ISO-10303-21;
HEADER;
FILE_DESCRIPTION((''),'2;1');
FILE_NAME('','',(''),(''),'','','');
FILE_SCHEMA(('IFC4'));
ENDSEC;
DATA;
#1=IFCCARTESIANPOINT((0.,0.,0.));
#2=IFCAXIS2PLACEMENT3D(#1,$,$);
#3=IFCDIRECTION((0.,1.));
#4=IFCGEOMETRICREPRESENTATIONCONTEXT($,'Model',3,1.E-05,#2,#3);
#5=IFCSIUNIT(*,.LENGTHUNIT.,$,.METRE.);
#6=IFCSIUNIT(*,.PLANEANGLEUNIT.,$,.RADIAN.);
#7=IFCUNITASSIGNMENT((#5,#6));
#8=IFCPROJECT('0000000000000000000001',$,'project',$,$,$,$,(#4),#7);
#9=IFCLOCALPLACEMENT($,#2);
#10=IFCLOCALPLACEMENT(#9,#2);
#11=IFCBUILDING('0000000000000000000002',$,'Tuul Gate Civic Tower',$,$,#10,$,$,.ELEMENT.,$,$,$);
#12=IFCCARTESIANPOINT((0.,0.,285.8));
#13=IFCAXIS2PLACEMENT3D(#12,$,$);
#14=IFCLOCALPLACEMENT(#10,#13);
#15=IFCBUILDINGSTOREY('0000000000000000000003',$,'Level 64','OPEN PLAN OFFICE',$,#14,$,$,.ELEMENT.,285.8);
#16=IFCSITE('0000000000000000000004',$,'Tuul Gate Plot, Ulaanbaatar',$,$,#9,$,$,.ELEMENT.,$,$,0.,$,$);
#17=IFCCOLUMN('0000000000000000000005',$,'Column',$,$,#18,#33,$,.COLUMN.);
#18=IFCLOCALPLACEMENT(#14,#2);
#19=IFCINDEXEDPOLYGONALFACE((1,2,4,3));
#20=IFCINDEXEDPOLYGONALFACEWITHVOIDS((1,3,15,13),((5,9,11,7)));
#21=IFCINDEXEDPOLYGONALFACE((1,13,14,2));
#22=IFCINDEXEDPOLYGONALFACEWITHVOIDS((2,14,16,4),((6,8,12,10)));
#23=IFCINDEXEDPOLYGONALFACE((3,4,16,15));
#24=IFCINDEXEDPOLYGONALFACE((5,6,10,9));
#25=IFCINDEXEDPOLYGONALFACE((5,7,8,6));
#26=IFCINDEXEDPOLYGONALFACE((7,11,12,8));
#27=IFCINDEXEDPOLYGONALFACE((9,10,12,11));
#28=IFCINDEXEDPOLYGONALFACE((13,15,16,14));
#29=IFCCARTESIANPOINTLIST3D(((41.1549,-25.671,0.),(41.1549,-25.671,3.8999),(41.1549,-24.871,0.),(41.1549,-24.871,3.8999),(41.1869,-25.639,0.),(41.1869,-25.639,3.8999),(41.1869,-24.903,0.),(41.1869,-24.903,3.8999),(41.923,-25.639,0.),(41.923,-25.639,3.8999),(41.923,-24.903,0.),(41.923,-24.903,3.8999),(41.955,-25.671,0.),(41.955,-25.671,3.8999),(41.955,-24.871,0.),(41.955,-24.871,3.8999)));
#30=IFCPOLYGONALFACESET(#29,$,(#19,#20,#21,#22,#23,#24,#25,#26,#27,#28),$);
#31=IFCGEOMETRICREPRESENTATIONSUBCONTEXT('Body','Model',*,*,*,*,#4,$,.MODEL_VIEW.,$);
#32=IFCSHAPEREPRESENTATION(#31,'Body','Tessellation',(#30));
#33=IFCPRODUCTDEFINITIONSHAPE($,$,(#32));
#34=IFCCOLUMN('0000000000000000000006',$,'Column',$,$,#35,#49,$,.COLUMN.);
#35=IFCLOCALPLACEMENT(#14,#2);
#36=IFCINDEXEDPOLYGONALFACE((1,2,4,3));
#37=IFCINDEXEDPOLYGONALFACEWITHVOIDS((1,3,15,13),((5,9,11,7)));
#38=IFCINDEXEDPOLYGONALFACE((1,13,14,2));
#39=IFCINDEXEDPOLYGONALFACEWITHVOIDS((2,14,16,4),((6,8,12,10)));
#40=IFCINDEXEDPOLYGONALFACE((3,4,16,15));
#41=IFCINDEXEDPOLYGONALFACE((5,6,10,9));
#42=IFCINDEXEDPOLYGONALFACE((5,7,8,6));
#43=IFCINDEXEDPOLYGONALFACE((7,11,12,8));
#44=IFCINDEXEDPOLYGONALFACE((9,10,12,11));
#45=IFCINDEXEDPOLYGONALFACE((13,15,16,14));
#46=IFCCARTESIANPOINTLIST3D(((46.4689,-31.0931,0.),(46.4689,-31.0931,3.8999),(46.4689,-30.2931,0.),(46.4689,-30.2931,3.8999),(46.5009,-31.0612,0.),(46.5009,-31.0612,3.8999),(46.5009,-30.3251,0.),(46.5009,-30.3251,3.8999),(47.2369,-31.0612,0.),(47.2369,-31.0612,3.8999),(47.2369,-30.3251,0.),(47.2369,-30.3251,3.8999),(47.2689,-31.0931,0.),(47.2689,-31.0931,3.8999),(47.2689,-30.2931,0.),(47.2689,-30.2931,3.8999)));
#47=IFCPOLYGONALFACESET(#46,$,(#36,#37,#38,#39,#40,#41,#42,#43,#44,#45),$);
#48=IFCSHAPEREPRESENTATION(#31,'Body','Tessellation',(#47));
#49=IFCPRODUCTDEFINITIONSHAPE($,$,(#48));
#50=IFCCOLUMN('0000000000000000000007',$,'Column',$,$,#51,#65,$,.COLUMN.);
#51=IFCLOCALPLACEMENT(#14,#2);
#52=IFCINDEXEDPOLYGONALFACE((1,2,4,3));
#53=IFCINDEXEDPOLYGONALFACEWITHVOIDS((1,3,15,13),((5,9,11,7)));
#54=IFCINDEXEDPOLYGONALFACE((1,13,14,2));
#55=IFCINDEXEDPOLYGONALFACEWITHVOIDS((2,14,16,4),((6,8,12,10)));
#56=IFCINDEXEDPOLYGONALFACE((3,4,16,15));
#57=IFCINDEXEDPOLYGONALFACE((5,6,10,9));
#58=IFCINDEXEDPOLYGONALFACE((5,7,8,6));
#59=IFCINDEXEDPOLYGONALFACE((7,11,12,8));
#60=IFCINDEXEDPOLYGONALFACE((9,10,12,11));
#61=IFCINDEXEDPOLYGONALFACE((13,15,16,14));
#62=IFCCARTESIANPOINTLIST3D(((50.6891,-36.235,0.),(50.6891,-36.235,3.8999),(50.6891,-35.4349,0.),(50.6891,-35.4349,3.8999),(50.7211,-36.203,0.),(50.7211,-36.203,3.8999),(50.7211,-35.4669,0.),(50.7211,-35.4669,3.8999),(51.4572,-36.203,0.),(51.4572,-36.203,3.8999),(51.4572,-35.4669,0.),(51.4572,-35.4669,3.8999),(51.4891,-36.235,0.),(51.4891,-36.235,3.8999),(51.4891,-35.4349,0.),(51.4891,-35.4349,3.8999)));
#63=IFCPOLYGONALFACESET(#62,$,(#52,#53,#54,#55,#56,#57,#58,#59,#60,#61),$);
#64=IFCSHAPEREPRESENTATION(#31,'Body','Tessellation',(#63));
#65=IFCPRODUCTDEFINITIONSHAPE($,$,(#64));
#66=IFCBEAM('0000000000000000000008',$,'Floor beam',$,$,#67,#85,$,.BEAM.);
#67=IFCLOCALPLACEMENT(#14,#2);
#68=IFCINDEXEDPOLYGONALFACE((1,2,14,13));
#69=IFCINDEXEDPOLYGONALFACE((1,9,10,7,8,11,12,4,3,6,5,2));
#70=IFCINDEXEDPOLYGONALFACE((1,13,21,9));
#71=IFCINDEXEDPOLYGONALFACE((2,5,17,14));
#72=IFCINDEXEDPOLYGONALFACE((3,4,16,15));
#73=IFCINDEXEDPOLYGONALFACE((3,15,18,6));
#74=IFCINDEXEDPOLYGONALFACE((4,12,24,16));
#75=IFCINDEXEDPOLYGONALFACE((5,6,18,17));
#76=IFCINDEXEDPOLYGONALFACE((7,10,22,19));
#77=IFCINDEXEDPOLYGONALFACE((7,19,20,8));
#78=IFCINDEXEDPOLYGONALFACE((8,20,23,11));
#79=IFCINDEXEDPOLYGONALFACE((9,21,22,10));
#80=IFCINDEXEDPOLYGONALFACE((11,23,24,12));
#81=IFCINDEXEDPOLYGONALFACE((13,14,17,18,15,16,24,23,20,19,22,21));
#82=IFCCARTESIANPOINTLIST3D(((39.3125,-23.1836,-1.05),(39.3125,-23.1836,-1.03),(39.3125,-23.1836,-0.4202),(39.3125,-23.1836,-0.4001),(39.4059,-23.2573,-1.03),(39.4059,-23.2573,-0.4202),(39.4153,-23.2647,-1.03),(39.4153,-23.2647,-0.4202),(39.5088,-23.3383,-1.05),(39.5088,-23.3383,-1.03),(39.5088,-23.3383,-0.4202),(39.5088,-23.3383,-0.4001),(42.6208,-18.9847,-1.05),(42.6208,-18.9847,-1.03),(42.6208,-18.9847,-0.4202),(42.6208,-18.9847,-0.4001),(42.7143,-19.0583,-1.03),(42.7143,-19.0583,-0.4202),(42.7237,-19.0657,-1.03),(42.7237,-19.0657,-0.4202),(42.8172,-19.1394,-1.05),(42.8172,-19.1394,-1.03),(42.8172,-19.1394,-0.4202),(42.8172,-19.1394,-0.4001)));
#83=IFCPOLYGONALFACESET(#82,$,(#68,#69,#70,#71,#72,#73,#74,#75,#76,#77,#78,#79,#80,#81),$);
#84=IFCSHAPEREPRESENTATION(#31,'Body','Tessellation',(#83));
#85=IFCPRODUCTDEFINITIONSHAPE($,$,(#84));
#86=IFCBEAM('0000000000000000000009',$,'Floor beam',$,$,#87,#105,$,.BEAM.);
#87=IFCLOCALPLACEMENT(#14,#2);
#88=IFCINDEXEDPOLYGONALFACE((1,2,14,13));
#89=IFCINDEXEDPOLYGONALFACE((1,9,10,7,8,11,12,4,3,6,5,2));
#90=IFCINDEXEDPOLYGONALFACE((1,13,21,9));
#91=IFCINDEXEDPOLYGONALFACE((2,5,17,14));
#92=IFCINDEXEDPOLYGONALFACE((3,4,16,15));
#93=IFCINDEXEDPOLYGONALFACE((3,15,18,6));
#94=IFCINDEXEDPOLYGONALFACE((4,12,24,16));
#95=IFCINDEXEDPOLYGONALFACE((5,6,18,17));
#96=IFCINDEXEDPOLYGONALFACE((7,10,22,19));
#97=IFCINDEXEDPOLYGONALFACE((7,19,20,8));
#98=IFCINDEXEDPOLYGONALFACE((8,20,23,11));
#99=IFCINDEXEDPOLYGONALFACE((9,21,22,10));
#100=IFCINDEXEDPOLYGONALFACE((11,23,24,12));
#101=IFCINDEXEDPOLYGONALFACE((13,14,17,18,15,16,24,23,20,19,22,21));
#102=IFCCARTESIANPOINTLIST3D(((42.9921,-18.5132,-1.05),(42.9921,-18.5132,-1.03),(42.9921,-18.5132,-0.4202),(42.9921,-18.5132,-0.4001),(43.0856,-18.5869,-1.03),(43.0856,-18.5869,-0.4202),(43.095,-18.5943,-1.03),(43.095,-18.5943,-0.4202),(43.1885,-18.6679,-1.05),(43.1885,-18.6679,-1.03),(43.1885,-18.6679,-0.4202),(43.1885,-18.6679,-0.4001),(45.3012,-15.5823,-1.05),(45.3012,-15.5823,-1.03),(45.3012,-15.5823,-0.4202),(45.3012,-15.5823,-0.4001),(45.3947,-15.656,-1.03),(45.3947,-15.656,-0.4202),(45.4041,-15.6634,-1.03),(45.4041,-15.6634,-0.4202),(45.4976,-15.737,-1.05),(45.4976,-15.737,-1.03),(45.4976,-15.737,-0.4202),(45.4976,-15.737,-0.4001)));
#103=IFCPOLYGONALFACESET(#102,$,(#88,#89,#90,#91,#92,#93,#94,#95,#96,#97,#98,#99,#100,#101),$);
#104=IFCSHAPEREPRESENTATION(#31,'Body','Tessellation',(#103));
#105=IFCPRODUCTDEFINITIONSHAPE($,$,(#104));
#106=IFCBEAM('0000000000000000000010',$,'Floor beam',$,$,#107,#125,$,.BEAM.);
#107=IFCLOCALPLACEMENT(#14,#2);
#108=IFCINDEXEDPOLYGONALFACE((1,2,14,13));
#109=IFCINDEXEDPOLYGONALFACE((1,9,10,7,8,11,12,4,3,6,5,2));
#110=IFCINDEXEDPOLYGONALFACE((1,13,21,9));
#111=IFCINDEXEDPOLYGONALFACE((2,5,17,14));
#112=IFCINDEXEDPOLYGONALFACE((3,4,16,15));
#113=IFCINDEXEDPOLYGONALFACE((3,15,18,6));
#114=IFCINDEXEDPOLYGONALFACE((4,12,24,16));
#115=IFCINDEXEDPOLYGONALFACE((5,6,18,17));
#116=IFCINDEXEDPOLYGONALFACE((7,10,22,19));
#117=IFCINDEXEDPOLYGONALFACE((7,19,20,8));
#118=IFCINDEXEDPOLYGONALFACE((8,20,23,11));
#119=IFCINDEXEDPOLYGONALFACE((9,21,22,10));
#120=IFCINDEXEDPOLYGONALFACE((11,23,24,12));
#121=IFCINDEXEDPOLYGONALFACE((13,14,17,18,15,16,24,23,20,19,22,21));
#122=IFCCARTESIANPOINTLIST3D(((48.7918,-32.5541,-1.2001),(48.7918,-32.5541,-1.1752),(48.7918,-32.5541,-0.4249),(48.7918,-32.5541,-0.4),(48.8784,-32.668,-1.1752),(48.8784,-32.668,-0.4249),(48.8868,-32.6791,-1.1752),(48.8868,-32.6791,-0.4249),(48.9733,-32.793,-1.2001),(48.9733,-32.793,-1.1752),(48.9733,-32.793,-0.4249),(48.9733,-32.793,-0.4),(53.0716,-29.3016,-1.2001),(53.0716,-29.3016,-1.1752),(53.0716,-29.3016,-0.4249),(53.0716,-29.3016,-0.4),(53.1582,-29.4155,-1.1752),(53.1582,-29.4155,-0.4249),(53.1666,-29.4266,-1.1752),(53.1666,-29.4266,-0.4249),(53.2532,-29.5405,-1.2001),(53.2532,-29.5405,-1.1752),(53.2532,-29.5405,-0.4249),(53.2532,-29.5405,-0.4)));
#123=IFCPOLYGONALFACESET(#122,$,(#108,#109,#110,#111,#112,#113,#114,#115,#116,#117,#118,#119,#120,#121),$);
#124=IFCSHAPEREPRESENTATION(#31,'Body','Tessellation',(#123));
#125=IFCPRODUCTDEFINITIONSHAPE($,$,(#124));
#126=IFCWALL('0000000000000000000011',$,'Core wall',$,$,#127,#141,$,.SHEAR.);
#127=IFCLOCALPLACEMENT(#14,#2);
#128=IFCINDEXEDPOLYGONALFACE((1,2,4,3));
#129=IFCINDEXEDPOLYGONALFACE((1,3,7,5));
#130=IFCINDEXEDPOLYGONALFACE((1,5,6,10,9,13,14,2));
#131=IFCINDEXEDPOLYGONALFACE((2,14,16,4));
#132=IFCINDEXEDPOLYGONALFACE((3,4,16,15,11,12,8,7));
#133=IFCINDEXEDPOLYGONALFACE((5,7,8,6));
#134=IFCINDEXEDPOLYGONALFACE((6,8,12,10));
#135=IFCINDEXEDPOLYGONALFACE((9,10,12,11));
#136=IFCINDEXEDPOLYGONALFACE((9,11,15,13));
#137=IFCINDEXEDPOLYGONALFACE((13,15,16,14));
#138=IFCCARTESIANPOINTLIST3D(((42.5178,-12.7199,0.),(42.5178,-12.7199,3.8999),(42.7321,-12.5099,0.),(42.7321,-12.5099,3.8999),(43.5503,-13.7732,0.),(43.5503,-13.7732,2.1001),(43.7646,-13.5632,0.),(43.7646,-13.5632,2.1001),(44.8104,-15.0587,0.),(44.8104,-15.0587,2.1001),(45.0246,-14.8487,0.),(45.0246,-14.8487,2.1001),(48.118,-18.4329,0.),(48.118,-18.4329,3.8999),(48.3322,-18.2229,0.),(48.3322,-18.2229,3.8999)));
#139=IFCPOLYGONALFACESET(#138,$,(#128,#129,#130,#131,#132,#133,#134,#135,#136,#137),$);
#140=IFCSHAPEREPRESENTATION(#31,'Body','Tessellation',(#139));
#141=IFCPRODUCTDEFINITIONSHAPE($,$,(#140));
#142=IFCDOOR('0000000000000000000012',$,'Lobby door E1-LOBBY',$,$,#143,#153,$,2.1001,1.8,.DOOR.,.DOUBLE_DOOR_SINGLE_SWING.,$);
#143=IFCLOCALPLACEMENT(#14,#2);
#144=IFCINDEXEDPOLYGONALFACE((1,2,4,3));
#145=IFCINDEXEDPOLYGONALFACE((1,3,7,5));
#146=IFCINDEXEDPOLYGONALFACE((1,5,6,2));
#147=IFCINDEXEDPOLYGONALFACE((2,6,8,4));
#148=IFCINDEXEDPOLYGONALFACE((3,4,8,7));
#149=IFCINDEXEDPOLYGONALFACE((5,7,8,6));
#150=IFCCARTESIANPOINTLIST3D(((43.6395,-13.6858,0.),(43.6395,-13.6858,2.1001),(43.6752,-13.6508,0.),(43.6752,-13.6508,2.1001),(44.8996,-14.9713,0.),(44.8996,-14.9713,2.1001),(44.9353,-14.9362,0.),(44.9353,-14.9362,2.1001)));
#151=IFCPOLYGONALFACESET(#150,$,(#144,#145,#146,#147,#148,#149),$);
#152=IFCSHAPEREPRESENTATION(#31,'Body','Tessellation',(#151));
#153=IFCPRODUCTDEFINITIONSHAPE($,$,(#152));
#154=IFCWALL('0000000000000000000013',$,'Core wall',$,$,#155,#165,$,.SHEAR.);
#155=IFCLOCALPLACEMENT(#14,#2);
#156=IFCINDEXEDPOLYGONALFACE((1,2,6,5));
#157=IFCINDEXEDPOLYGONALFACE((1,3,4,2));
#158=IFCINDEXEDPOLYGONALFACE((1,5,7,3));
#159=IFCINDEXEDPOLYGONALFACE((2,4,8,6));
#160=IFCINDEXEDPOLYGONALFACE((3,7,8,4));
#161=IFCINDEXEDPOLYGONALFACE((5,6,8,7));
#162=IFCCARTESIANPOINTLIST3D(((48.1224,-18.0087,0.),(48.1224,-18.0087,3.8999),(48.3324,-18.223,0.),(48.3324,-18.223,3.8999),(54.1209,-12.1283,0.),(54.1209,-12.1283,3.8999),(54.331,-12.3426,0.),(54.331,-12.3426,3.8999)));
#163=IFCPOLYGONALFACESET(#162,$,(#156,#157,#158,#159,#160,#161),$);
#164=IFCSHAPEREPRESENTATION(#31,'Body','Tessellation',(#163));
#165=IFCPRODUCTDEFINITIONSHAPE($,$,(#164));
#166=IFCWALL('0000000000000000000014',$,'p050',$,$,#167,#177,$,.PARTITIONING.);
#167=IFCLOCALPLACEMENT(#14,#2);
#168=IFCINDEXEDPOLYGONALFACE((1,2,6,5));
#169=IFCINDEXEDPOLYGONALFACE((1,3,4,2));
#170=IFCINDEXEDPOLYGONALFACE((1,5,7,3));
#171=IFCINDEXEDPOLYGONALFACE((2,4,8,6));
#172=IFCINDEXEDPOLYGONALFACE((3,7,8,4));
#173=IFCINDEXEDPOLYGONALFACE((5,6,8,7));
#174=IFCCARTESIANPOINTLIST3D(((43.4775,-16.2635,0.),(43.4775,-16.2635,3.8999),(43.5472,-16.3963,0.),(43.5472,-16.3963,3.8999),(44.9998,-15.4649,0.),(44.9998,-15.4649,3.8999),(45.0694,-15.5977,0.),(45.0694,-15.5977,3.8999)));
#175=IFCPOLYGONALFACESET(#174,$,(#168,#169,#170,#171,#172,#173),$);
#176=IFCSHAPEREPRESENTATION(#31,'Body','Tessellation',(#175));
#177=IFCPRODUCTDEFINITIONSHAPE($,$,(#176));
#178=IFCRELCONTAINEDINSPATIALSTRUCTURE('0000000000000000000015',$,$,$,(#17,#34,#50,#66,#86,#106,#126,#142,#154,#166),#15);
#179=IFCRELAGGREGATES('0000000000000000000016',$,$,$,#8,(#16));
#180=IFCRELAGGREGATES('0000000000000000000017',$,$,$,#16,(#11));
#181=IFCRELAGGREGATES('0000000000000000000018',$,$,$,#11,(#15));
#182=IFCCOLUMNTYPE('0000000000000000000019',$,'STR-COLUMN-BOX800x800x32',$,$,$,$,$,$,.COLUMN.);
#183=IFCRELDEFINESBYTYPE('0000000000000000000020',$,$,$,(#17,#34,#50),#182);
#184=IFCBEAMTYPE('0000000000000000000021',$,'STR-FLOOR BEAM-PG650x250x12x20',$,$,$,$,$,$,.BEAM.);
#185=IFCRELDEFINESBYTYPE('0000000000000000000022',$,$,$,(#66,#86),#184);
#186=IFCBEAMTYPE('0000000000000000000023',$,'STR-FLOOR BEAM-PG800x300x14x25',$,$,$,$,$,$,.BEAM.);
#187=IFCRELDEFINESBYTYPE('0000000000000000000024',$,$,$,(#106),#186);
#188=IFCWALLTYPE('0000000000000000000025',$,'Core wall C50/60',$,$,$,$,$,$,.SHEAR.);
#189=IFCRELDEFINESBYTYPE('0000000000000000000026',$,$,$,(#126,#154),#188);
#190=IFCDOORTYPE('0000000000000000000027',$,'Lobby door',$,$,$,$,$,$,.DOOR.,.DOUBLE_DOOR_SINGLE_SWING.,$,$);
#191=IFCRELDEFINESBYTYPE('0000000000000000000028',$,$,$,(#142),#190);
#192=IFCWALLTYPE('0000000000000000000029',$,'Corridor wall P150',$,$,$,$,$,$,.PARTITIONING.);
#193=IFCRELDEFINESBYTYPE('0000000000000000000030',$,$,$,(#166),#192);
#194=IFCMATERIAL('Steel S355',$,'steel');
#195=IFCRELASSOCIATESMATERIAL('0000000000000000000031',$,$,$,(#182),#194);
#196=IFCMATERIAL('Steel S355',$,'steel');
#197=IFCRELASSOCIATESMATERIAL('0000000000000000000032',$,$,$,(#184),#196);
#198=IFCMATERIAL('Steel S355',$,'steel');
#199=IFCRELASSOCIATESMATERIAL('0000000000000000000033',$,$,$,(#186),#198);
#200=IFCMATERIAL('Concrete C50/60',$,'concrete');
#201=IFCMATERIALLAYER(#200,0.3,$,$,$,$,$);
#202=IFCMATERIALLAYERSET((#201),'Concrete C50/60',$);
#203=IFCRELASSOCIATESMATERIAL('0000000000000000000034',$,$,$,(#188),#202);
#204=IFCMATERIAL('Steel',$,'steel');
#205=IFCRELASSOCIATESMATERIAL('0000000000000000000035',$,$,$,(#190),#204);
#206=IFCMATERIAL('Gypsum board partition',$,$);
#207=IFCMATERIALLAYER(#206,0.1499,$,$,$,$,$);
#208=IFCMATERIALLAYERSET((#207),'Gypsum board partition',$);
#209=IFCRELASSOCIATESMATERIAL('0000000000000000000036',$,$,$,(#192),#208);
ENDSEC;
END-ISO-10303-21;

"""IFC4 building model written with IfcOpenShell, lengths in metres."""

from ifc_helpers import new_model, si_unit, direction, frame, frame_2d, origin, origin_2d, place, context, subcontext, project, spatial, rectangle, hollow_rectangle, i_section, extrude, material, layer, layer_set, material_profile, profile_set, type_object, element, fill, save


model = new_model("IFC4")

# Units and contexts
model_context = context("Model", 3, precision=1e-05, world=origin(), true_north=direction((0.0, 1.0)))
body_context = subcontext(model_context, "Body", "Model", "MODEL_VIEW")
ifc_project = project(units=[si_unit("LENGTHUNIT", "METRE"), si_unit("PLANEANGLEUNIT", "RADIAN")], contexts=[model_context])

# Site, building, storey
site_placement = place(None, origin())
site = spatial("IfcSite", under=ifc_project, at=site_placement, Name="Tuul Gate Plot, Ulaanbaatar", CompositionType="ELEMENT", RefElevation=0.0)
building_placement = place(site_placement, origin())
building = spatial("IfcBuilding", under=site, at=building_placement, Name="Tuul Gate Civic Tower", CompositionType="ELEMENT")
storey_placement = place(building_placement, frame((0.0, 0.0, 285.8)))
storey = spatial("IfcBuildingStorey", under=building, at=storey_placement, Name="Level 64", Description="OPEN PLAN OFFICE", CompositionType="ELEMENT", Elevation=285.8)

# Columns
ifc_material_1 = material(Name="Steel S355", Category="steel")
ifc_material_profile_1 = material_profile(ifc_material_1, hollow_rectangle(XDim=0.8, YDim=0.8, WallThickness=0.032, at=origin_2d()), Name="BOX800x800x32")
ifc_profile_set_1 = profile_set([ifc_material_profile_1], Name="Steel S355")
column_type = type_object("IfcColumnType", Name="STR-COLUMN-BOX800x800x32", PredefinedType="COLUMN", material=ifc_profile_set_1)
for number, where, z_axis, x_axis, name in (
    (1, (41.5549, -25.271, 0.0), (0.0, 0.0, 1.0), (1.0, 0.0, 0.0), "Column"),
    (2, (46.8689, -30.6931, 0.0), (0.0, 0.0, 1.0), (1.0, 0.0, 0.0), "Column"),
    (3, (51.0891, -35.835, 0.0), (0.0, 0.0, 1.0), (1.0, 0.0, 0.0), "Column"),
):
    element("IfcColumn", number, at=place(storey_placement, frame(where, z_axis=z_axis, x_axis=x_axis)), inside=storey, type_object=column_type, Name=name, PredefinedType="COLUMN", context=body_context, shape_type="SweptSolid", body=[
        extrude(hollow_rectangle(XDim=0.8, YDim=0.8, WallThickness=0.032, at=origin_2d()), origin(), (0.0, 0.0, 1.0), 3.8999),
    ])

# Beams
ifc_material_2 = material(Name="Steel S355", Category="steel")
ifc_material_profile_2 = material_profile(ifc_material_2, i_section(OverallWidth=0.25, OverallDepth=0.6499, WebThickness=0.012, FlangeThickness=0.02, at=origin_2d()), Name="PG650x250x12x20")
ifc_profile_set_2 = profile_set([ifc_material_profile_2], Name="Steel S355")
beam_type_1 = type_object("IfcBeamType", Name="STR-FLOOR BEAM-PG650x250x12x20", PredefinedType="BEAM", material=ifc_profile_set_2)
beam_1_placement = place(storey_placement, frame((39.4106, -23.261, -0.7251), z_axis=(0.61888, 0.785486, 0.0), x_axis=(-0.785486, 0.61888, 0.0)))
element("IfcBeam", 4, at=beam_1_placement, inside=storey, type_object=beam_type_1, Name="Floor beam", PredefinedType="BEAM", context=body_context, shape_type="SweptSolid", body=[
    extrude(i_section(OverallWidth=0.25, OverallDepth=0.6499, WebThickness=0.012, FlangeThickness=0.02, at=origin_2d()), origin(), (0.0, 0.0, 1.0), 5.3457),
])
beam_2_placement = place(storey_placement, frame((43.0903, -18.5906, -0.7251), z_axis=(0.618853, 0.785507, 0.0), x_axis=(-0.785507, 0.618853, 0.0)))
element("IfcBeam", 5, at=beam_2_placement, inside=storey, type_object=beam_type_1, Name="Floor beam", PredefinedType="BEAM", context=body_context, shape_type="SweptSolid", body=[
    extrude(i_section(OverallWidth=0.25, OverallDepth=0.6499, WebThickness=0.012, FlangeThickness=0.02, at=origin_2d()), origin(), (0.0, 0.0, 1.0), 3.7312),
])
ifc_material_3 = material(Name="Steel S355", Category="steel")
ifc_material_profile_3 = material_profile(ifc_material_3, i_section(OverallWidth=0.3, OverallDepth=0.8, WebThickness=0.0139, FlangeThickness=0.0249, at=origin_2d()), Name="PG800x300x14x25")
ifc_profile_set_3 = profile_set([ifc_material_profile_3], Name="Steel S355")
beam_type_2 = type_object("IfcBeamType", Name="STR-FLOOR BEAM-PG800x300x14x25", PredefinedType="BEAM", material=ifc_profile_set_3)
beam_3_placement = place(storey_placement, frame((48.8826, -32.6736, -0.8), z_axis=(0.79618, 0.60506, 0.0), x_axis=(-0.60506, 0.79618, 0.0)))
element("IfcBeam", 6, at=beam_3_placement, inside=storey, type_object=beam_type_2, Name="Floor beam", PredefinedType="BEAM", context=body_context, shape_type="SweptSolid", body=[
    extrude(i_section(OverallWidth=0.3, OverallDepth=0.8, WebThickness=0.0139, FlangeThickness=0.0249, at=origin_2d()), origin(), (0.0, 0.0, 1.0), 5.3755),
])

# Wall, opening, door
ifc_material_4 = material(Name="Concrete C50/60", Category="concrete")
ifc_layer_1 = layer(ifc_material_4, 0.3)
ifc_layer_set_1 = layer_set([ifc_layer_1], Name="Concrete C50/60")
wall_type_1 = type_object("IfcWallType", Name="Core wall C50/60", PredefinedType="SHEAR", material=ifc_layer_set_1)
wall_1_placement = place(storey_placement, frame((48.2251, -18.3279, 0.0), z_axis=(0.0, 0.0, 1.0), x_axis=(-0.700022, 0.714121, 0.0)))
wall_1 = element("IfcWall", 7, at=wall_1_placement, inside=storey, type_object=wall_type_1, Name="Core wall", PredefinedType="SHEAR", context=body_context, shape_type="SweptSolid", body=[
    extrude(rectangle(XDim=8.0, YDim=0.3, at=frame_2d((4.0, 0.0))), origin(), (0.0, 0.0, 1.0), 3.8999),
])
opening_1_placement = place(wall_1_placement, frame((4.7251, 0.0, 0.0)))
opening_1 = element("IfcOpeningElement", 8, at=opening_1_placement, cuts=wall_1, PredefinedType="OPENING", context=body_context, shape_type="SweptSolid", body=[
    extrude(rectangle(XDim=1.8, YDim=2.1001, at=frame_2d((0.8999, 1.05))), frame((0.0, 0.1602, 0.0), z_axis=(0.0, -1.0, 0.0), x_axis=(1.0, 0.0, 0.0)), (0.0, 0.0, 1.0), 0.3201),
])
ifc_material_5 = material(Name="Steel", Category="steel")
door_type = type_object("IfcDoorType", Name="Lobby door", OperationType="DOUBLE_DOOR_SINGLE_SWING", PredefinedType="DOOR", material=ifc_material_5)
door_placement = place(opening_1_placement, frame((1.8, 0.0, 0.0), z_axis=(0.0, 0.0, 1.0), x_axis=(-1.0, 0.0, 0.0)))
door = element("IfcDoor", 9, at=door_placement, inside=storey, type_object=door_type, Name="Lobby door E1-LOBBY", OperationType="DOUBLE_DOOR_SINGLE_SWING", OverallHeight=2.1001, OverallWidth=1.8, PredefinedType="DOOR", context=body_context, shape_type="SweptSolid", body=[
    extrude(rectangle(XDim=1.8, YDim=2.1001, at=frame_2d((0.9001, 1.05))), frame((0.0, 0.0249, 0.0), z_axis=(0.0, -1.0, 0.0), x_axis=(1.0, 0.0, 0.0)), (0.0, 0.0, 1.0), 0.05),
])
fill(opening_1, door)

# Walls
wall_2_placement = place(storey_placement, frame((48.2273, -18.116, 0.0), z_axis=(0.0, 0.0, 1.0), x_axis=(0.714105, 0.700038, 0.0)))
element("IfcWall", 10, at=wall_2_placement, inside=storey, type_object=wall_type_1, Name="Core wall", PredefinedType="SHEAR", context=body_context, shape_type="SweptSolid", body=[
    extrude(rectangle(XDim=8.4001, YDim=0.3, at=frame_2d((4.2002, 0.0))), origin(), (0.0, 0.0, 1.0), 3.8999),
])
ifc_material_6 = material(Name="Gypsum board partition")
ifc_layer_2 = layer(ifc_material_6, 0.1499)
ifc_layer_set_2 = layer_set([ifc_layer_2], Name="Gypsum board partition")
wall_type_2 = type_object("IfcWallType", Name="Corridor wall P150", PredefinedType="PARTITIONING", material=ifc_layer_set_2)
wall_3_placement = place(storey_placement, frame((43.5125, -16.3298, 0.0), z_axis=(0.0, 0.0, 1.0), x_axis=(0.885537, 0.464569, 0.0)))
element("IfcWall", 11, at=wall_3_placement, inside=storey, type_object=wall_type_2, Name="p050", PredefinedType="PARTITIONING", context=body_context, shape_type="SweptSolid", body=[
    extrude(rectangle(XDim=1.719, YDim=0.1499, at=frame_2d((0.8594, 0.0))), origin(), (0.0, 0.0, 1.0), 3.8999),
])

save(model, "model.ifc")
